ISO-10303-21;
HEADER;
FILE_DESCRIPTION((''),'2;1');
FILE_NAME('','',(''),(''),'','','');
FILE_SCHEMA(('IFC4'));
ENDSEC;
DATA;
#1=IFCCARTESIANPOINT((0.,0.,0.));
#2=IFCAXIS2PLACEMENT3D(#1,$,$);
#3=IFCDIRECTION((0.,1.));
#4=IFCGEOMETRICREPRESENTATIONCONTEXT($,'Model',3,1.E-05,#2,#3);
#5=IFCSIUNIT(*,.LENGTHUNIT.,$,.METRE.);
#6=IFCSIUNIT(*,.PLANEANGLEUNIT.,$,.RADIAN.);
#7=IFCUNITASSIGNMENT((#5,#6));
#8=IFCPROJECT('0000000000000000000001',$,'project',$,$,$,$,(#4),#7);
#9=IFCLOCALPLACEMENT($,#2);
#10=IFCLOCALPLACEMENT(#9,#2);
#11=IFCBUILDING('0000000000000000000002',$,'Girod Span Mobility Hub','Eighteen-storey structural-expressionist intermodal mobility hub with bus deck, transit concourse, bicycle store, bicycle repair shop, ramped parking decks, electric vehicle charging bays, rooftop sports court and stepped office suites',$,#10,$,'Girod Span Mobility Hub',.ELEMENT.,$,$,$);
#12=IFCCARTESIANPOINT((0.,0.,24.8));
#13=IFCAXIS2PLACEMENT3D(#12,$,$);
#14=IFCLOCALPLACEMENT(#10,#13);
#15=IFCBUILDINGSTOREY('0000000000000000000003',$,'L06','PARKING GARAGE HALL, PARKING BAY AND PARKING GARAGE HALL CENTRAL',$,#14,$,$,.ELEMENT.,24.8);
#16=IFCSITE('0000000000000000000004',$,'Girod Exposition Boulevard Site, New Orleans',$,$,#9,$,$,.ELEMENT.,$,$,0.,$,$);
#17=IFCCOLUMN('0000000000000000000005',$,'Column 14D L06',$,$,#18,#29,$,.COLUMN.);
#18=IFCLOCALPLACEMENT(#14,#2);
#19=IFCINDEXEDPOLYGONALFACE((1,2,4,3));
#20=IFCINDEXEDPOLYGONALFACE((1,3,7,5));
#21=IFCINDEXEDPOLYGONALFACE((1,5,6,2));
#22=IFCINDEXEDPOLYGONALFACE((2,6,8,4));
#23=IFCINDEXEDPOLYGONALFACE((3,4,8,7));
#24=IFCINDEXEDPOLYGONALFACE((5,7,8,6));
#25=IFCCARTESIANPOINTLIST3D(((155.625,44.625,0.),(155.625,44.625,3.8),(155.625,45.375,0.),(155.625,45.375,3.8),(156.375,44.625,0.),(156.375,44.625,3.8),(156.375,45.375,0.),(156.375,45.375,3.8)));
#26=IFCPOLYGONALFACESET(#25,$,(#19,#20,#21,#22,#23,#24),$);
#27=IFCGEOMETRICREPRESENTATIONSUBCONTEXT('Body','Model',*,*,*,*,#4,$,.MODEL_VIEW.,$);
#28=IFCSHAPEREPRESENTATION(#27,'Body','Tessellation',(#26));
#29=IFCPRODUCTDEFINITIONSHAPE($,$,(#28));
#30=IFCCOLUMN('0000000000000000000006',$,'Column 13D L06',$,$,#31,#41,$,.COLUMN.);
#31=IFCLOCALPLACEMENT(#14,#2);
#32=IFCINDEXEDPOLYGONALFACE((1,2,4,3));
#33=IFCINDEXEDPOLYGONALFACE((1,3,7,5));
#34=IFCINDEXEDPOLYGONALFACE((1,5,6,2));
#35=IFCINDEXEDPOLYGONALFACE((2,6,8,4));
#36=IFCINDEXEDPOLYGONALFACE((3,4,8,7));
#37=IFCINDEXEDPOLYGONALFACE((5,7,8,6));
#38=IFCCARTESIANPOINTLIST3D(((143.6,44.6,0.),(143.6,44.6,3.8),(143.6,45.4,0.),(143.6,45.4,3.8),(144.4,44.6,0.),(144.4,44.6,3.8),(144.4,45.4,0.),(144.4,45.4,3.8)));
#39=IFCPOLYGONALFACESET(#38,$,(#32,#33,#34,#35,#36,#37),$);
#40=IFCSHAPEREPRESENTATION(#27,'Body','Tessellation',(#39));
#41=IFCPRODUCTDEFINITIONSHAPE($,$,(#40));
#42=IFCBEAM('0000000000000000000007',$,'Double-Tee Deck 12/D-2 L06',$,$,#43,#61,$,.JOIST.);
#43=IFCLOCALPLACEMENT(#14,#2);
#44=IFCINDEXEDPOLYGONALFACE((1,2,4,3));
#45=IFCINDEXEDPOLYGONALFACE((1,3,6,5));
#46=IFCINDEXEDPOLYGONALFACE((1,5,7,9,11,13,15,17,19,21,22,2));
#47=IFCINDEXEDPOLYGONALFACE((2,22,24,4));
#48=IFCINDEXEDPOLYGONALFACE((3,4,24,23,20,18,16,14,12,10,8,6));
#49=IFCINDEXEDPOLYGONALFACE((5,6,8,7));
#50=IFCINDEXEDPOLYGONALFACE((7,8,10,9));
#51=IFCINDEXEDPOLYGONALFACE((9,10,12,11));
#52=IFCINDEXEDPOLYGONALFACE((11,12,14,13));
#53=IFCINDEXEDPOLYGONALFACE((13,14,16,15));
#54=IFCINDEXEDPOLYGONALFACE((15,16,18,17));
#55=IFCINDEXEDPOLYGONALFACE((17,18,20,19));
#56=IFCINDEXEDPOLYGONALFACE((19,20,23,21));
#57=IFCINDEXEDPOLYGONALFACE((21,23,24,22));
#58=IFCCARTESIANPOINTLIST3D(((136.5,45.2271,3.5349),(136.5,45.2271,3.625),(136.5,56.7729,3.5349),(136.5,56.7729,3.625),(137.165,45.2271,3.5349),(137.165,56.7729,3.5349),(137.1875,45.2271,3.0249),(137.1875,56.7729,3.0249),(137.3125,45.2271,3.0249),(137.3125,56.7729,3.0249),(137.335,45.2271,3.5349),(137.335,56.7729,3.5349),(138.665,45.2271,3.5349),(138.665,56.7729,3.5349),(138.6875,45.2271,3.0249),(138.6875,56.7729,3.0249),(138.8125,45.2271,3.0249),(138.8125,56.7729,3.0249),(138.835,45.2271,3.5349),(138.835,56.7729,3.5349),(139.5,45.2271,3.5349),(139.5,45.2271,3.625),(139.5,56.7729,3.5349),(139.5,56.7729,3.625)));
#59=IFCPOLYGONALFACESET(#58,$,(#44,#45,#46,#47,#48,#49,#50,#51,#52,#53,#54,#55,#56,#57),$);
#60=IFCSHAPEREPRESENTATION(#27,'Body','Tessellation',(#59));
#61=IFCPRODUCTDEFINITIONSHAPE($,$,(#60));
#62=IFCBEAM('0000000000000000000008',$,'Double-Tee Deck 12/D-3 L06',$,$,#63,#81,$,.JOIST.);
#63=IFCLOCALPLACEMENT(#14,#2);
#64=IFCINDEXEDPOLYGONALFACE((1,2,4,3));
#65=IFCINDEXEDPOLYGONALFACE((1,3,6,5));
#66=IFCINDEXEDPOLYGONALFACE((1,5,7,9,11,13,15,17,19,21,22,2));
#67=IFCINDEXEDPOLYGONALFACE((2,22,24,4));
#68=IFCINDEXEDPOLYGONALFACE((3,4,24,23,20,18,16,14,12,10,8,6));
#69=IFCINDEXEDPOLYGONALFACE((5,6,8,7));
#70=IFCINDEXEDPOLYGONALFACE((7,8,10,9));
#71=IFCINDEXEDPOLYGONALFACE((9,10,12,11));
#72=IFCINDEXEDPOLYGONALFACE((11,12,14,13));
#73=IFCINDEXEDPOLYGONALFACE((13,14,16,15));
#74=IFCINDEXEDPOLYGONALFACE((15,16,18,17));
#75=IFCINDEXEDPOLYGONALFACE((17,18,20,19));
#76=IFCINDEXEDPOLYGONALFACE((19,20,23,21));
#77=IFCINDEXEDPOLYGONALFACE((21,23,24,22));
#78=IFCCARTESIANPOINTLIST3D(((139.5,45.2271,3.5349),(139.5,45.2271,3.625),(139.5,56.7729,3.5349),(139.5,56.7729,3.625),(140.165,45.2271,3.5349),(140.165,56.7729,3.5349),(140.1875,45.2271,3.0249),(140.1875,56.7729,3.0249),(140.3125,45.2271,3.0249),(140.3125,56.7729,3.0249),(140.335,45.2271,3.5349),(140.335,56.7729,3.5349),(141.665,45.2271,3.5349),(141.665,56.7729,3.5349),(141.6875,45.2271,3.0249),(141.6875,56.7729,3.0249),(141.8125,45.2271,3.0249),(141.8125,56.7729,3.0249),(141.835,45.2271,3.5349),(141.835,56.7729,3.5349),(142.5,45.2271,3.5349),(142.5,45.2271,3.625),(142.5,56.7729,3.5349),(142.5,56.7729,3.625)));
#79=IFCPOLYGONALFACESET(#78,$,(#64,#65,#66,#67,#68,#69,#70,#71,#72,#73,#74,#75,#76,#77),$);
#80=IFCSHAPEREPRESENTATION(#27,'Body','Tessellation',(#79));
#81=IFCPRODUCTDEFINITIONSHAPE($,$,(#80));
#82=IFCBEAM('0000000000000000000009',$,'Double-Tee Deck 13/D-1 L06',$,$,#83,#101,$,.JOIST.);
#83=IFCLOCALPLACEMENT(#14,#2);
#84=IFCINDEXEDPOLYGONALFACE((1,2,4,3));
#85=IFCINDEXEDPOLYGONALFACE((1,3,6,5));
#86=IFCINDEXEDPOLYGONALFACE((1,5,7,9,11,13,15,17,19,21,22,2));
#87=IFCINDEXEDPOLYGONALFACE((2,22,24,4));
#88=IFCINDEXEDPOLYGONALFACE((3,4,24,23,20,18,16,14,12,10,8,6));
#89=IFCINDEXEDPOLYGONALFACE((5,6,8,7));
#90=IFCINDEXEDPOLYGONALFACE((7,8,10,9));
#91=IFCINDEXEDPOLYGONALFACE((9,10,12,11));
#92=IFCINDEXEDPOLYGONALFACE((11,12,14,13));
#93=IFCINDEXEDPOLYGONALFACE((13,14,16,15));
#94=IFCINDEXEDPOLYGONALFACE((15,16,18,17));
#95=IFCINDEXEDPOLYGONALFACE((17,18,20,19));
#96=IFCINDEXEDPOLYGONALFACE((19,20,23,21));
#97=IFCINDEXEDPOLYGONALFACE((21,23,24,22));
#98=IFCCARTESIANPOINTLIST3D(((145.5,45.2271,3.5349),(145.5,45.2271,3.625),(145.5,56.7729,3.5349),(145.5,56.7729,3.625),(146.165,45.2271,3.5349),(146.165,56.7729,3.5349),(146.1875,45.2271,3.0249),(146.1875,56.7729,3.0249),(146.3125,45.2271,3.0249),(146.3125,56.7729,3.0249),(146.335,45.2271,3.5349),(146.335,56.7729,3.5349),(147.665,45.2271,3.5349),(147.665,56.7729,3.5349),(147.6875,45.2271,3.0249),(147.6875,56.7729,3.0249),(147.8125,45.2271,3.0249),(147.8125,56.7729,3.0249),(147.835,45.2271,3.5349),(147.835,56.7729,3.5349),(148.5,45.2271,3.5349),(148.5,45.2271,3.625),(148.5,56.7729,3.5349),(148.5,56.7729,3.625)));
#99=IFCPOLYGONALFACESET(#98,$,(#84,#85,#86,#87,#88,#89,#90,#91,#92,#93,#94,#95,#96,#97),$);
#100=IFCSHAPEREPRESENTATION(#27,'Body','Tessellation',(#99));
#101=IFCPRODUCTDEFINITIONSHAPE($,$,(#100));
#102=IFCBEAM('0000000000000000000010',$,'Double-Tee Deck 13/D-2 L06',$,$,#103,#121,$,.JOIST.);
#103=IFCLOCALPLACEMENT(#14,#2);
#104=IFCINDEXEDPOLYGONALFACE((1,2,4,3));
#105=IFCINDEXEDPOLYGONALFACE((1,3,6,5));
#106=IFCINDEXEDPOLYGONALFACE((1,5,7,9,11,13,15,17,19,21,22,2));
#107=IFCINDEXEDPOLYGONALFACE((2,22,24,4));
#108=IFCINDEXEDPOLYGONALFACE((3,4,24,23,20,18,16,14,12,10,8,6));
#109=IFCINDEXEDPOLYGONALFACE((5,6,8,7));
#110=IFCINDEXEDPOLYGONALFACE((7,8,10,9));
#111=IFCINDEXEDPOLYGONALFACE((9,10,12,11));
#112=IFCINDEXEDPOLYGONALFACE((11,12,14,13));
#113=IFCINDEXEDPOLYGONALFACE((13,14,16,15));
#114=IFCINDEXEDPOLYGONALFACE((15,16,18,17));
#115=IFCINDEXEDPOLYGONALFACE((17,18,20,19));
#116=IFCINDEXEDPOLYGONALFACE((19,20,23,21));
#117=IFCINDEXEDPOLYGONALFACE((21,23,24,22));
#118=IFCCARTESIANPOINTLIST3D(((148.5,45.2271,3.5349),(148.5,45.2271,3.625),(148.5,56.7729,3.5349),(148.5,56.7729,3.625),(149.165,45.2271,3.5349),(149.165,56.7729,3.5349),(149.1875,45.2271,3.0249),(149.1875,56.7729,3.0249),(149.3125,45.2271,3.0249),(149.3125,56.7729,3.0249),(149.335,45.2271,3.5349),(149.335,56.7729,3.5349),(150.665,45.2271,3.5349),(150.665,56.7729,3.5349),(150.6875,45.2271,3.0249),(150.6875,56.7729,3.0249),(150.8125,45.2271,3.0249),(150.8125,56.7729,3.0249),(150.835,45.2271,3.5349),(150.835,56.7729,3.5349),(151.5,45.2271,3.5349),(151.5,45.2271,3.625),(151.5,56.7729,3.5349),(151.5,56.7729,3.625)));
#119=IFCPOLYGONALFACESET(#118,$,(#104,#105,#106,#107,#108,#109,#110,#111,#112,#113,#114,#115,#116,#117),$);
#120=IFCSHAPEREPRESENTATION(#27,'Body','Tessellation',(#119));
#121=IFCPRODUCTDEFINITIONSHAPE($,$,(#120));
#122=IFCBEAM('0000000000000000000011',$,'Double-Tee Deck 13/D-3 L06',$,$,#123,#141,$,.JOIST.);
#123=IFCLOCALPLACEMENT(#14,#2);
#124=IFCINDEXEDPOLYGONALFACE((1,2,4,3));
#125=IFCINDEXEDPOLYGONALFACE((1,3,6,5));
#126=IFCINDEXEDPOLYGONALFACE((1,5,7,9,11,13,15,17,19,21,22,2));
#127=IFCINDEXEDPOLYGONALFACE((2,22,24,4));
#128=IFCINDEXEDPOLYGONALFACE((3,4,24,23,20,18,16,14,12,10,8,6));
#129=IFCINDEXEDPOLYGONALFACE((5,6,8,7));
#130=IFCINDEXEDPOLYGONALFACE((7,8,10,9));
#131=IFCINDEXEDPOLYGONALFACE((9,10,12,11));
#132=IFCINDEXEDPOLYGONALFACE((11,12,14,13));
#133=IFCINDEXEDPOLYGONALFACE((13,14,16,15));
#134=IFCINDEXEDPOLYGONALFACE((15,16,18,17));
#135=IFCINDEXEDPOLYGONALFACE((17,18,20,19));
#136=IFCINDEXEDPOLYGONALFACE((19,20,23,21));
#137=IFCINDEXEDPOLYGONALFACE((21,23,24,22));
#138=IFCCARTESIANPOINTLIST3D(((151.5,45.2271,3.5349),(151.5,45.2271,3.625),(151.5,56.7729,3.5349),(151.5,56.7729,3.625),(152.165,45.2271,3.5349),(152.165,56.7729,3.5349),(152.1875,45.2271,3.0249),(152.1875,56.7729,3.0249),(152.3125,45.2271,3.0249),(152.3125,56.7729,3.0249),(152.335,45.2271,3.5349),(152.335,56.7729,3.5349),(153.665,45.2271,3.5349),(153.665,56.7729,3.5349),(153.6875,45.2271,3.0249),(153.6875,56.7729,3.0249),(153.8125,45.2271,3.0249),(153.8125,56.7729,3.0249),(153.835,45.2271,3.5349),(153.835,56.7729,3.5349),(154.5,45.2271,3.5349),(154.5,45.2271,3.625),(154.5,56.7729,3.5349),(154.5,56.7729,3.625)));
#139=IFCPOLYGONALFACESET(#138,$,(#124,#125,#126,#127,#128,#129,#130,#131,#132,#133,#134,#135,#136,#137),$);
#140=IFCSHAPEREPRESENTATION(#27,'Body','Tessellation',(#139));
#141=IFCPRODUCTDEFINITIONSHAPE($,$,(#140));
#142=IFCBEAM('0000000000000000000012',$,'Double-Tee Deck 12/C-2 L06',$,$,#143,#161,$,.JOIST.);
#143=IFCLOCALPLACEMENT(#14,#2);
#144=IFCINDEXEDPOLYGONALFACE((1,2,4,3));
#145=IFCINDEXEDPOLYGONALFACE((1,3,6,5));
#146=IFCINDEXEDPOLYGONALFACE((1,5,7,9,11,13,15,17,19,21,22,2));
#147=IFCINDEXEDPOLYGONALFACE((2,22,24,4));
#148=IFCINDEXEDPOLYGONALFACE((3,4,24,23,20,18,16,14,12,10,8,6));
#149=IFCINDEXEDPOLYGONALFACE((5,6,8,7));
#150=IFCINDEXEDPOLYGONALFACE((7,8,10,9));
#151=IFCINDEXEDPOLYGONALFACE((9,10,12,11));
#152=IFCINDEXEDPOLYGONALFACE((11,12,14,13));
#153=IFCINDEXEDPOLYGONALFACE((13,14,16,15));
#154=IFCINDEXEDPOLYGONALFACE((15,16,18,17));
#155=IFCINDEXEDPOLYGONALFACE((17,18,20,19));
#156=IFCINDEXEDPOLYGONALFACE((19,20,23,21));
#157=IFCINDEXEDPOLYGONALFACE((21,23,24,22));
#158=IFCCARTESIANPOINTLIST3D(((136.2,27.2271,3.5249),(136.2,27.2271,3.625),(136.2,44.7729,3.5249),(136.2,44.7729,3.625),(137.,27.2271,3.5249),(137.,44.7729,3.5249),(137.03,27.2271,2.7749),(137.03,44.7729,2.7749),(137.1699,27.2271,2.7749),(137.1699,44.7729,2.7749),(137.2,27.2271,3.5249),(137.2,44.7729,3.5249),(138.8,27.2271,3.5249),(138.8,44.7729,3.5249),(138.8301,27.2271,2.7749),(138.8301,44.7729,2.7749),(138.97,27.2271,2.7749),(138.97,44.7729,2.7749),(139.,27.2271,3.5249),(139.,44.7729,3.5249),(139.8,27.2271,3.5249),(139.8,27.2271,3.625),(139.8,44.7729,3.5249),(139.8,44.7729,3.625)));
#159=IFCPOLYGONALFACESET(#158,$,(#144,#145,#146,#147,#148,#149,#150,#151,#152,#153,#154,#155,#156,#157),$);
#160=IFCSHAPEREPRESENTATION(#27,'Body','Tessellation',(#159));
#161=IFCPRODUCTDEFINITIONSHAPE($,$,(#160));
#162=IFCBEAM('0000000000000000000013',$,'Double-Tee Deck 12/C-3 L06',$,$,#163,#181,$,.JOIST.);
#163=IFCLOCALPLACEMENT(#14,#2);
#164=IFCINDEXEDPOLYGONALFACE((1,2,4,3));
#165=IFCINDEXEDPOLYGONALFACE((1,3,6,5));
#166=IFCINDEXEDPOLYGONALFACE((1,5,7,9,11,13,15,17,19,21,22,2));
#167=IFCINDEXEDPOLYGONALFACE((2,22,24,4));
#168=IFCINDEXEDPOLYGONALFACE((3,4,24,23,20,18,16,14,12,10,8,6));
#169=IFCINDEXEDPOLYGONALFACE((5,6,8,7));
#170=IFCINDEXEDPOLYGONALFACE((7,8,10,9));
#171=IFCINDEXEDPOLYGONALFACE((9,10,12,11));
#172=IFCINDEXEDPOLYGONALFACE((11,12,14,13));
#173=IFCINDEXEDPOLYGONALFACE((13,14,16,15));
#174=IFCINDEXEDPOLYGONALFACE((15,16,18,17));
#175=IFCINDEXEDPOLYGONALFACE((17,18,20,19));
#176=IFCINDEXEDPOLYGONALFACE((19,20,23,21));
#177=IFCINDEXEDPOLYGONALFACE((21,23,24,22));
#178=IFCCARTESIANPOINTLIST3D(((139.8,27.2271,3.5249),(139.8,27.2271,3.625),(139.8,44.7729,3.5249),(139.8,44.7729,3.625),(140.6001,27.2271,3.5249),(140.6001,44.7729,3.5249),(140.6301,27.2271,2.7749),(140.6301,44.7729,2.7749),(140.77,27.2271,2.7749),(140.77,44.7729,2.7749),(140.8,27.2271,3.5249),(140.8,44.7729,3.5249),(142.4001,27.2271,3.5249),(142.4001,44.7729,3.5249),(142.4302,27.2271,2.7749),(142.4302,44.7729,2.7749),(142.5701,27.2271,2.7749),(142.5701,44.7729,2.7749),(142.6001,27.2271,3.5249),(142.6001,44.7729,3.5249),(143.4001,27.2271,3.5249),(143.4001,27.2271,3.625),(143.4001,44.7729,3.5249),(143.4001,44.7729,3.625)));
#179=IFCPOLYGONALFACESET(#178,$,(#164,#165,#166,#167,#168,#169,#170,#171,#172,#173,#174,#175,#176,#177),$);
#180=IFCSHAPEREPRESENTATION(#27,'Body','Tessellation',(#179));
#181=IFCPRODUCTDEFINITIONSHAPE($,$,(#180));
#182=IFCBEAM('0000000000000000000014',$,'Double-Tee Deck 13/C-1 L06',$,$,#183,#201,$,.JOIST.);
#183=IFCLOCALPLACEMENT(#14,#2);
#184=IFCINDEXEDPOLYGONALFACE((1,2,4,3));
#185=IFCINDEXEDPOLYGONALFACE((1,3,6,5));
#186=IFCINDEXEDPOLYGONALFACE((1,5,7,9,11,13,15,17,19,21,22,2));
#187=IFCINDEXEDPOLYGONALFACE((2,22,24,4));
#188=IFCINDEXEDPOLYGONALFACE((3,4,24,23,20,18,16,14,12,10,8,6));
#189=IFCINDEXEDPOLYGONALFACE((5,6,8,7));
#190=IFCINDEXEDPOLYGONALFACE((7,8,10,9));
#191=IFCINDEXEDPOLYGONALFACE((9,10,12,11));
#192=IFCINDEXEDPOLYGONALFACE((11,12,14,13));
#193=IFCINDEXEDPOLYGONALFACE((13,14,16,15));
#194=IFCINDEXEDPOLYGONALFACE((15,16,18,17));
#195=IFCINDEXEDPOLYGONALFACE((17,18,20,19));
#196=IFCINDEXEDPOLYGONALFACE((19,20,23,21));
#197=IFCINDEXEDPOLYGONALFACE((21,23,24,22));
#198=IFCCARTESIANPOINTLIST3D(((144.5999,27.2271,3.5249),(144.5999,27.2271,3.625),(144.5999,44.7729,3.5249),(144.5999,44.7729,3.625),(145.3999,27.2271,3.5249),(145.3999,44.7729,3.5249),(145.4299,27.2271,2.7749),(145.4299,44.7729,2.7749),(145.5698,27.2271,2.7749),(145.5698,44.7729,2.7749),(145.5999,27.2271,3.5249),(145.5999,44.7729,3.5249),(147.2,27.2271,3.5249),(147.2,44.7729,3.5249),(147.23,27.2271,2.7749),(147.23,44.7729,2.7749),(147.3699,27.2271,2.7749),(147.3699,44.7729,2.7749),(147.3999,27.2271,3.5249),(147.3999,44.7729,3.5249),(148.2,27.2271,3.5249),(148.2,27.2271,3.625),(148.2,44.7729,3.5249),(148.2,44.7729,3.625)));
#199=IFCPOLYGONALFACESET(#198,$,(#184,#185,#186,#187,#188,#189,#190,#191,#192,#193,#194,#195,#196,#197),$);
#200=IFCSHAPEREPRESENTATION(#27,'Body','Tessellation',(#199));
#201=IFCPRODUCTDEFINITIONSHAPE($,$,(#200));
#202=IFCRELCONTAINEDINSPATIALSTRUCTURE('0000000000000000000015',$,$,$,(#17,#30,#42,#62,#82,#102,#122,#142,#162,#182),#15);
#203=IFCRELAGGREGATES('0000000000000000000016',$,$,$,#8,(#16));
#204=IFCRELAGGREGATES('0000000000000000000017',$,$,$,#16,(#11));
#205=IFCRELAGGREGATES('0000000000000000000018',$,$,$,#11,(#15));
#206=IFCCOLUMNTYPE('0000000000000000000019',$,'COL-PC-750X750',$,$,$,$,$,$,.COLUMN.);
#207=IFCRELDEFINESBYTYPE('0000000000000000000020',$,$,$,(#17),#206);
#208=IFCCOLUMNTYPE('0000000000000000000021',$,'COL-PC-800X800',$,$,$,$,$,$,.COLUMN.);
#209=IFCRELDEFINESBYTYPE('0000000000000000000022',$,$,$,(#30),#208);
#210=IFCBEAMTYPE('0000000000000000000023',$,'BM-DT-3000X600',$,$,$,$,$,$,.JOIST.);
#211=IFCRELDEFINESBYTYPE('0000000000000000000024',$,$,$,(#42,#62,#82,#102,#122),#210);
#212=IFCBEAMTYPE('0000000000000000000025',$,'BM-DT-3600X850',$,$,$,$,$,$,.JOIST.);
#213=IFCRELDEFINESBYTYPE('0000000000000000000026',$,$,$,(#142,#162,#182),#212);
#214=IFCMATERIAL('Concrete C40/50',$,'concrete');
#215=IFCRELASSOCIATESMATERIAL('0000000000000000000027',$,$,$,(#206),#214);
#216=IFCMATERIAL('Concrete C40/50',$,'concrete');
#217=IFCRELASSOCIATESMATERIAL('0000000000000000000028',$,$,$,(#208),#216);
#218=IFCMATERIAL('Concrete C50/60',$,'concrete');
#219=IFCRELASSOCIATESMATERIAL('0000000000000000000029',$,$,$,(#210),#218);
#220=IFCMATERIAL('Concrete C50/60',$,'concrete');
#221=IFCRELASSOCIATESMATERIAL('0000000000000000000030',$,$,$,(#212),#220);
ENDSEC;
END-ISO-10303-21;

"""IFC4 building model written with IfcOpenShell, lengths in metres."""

from ifc_helpers import new_model, si_unit, direction, frame, origin, origin_2d, place, context, subcontext, project, spatial, polyline, rectangle, outline, extrude, material, material_profile, profile_set, type_object, element, save


model = new_model("IFC4")

# Units and contexts
model_context = context("Model", 3, precision=1e-05, world=origin(), true_north=direction((0.0, 1.0)))
body_context = subcontext(model_context, "Body", "Model", "MODEL_VIEW")
ifc_project = project(units=[si_unit("LENGTHUNIT", "METRE"), si_unit("PLANEANGLEUNIT", "RADIAN")], contexts=[model_context])

# Site, building, storey
site_placement = place(None, origin())
site = spatial("IfcSite", under=ifc_project, at=site_placement, Name="Girod Exposition Boulevard Site, New Orleans", CompositionType="ELEMENT", RefElevation=0.0)
building_placement = place(site_placement, origin())
building = spatial("IfcBuilding", under=site, at=building_placement, Name="Girod Span Mobility Hub", Description="Eighteen-storey structural-expressionist intermodal mobility hub with bus deck, transit concourse, bicycle store, bicycle repair shop, ramped parking decks, electric vehicle charging bays, rooftop sports court and stepped office suites", LongName="Girod Span Mobility Hub", CompositionType="ELEMENT")
storey_placement = place(building_placement, frame((0.0, 0.0, 24.8)))
storey = spatial("IfcBuildingStorey", under=building, at=storey_placement, Name="L06", Description="PARKING GARAGE HALL, PARKING BAY AND PARKING GARAGE HALL CENTRAL", CompositionType="ELEMENT", Elevation=24.8)

# Columns
ifc_material_1 = material(Name="Concrete C40/50", Category="concrete")
ifc_material_profile_1 = material_profile(ifc_material_1, rectangle(XDim=0.75, YDim=0.75, at=origin_2d()), Name="PC-COL-750X750")
ifc_profile_set_1 = profile_set([ifc_material_profile_1], Name="Concrete C40/50")
column_type_1 = type_object("IfcColumnType", Name="COL-PC-750X750", PredefinedType="COLUMN", material=ifc_profile_set_1)
column_1_placement = place(storey_placement, frame((156.0, 45.0, 0.0), z_axis=(0.0, 0.0, 1.0), x_axis=(1.0, 0.0, 0.0)))
element("IfcColumn", 1, at=column_1_placement, inside=storey, type_object=column_type_1, Name="Column 14D L06", PredefinedType="COLUMN", context=body_context, shape_type="SweptSolid", body=[
    extrude(rectangle(XDim=0.75, YDim=0.75, at=origin_2d()), origin(), (0.0, 0.0, 1.0), 3.8),
])
ifc_material_2 = material(Name="Concrete C40/50", Category="concrete")
ifc_material_profile_2 = material_profile(ifc_material_2, rectangle(XDim=0.8, YDim=0.8, at=origin_2d()), Name="PC-COL-800X800")
ifc_profile_set_2 = profile_set([ifc_material_profile_2], Name="Concrete C40/50")
column_type_2 = type_object("IfcColumnType", Name="COL-PC-800X800", PredefinedType="COLUMN", material=ifc_profile_set_2)
column_2_placement = place(storey_placement, frame((144.0, 45.0, 0.0), z_axis=(0.0, 0.0, 1.0), x_axis=(1.0, 0.0, 0.0)))
element("IfcColumn", 2, at=column_2_placement, inside=storey, type_object=column_type_2, Name="Column 13D L06", PredefinedType="COLUMN", context=body_context, shape_type="SweptSolid", body=[
    extrude(rectangle(XDim=0.8, YDim=0.8, at=origin_2d()), origin(), (0.0, 0.0, 1.0), 3.8),
])

# Beams
ifc_material_3 = material(Name="Concrete C50/60", Category="concrete")
ifc_material_profile_3 = material_profile(ifc_material_3, outline(polyline([(-1.5, 0.3), (-1.5, 0.21), (-0.835, 0.21), (-0.8125, -0.3), (-0.6875, -0.3), (-0.665, 0.21), (0.665, 0.21), (0.6875, -0.3), (0.8125, -0.3), (0.835, 0.21), (1.5, 0.21), (1.5, 0.3), (-1.5, 0.3)])), Name="DT-3000X600")
ifc_profile_set_3 = profile_set([ifc_material_profile_3], Name="Concrete C50/60")
beam_type_1 = type_object("IfcBeamType", Name="BM-DT-3000X600", PredefinedType="JOIST", material=ifc_profile_set_3)
for number, where, z_axis, x_axis, name in (
    (3, (138.0, 45.2271, 3.325), (0.0, 1.0, 0.0), (-1.0, 0.0, 0.0), "Double-Tee Deck 12/D-2 L06"),
    (4, (141.0, 45.2271, 3.325), (0.0, 1.0, 0.0), (-1.0, 0.0, 0.0), "Double-Tee Deck 12/D-3 L06"),
    (5, (147.0, 45.2271, 3.325), (0.0, 1.0, 0.0), (-1.0, 0.0, 0.0), "Double-Tee Deck 13/D-1 L06"),
    (6, (150.0, 45.2271, 3.325), (0.0, 1.0, 0.0), (-1.0, 0.0, 0.0), "Double-Tee Deck 13/D-2 L06"),
    (7, (153.0, 45.2271, 3.325), (0.0, 1.0, 0.0), (-1.0, 0.0, 0.0), "Double-Tee Deck 13/D-3 L06"),
):
    element("IfcBeam", number, at=place(storey_placement, frame(where, z_axis=z_axis, x_axis=x_axis)), inside=storey, type_object=beam_type_1, Name=name, PredefinedType="JOIST", context=body_context, shape_type="SweptSolid", body=[
        extrude(outline(polyline([(-1.5, 0.3), (-1.5, 0.21), (-0.835, 0.21), (-0.8125, -0.3), (-0.6875, -0.3), (-0.665, 0.21), (0.665, 0.21), (0.6875, -0.3), (0.8125, -0.3), (0.835, 0.21), (1.5, 0.21), (1.5, 0.3), (-1.5, 0.3)])), origin(), (0.0, 0.0, 1.0), 11.5459),
    ])
ifc_material_4 = material(Name="Concrete C50/60", Category="concrete")
ifc_material_profile_4 = material_profile(ifc_material_4, outline(polyline([(-1.8, 0.425), (-1.8, 0.325), (-1.0, 0.325), (-0.97, -0.425), (-0.8301, -0.425), (-0.8, 0.325), (0.8, 0.325), (0.8301, -0.425), (0.97, -0.425), (1.0, 0.325), (1.8, 0.325), (1.8, 0.425), (-1.8, 0.425)])), Name="DT-3600X850")
ifc_profile_set_4 = profile_set([ifc_material_profile_4], Name="Concrete C50/60")
beam_type_2 = type_object("IfcBeamType", Name="BM-DT-3600X850", PredefinedType="JOIST", material=ifc_profile_set_4)
for number, where, z_axis, x_axis, name in (
    (8, (138.0, 27.2271, 3.2), (0.0, 1.0, 0.0), (-1.0, 0.0, 0.0), "Double-Tee Deck 12/C-2 L06"),
    (9, (141.6001, 27.2271, 3.2), (0.0, 1.0, 0.0), (-1.0, 0.0, 0.0), "Double-Tee Deck 12/C-3 L06"),
    (10, (146.3999, 27.2271, 3.2), (0.0, 1.0, 0.0), (-1.0, 0.0, 0.0), "Double-Tee Deck 13/C-1 L06"),
):
    element("IfcBeam", number, at=place(storey_placement, frame(where, z_axis=z_axis, x_axis=x_axis)), inside=storey, type_object=beam_type_2, Name=name, PredefinedType="JOIST", context=body_context, shape_type="SweptSolid", body=[
        extrude(outline(polyline([(-1.8, 0.425), (-1.8, 0.325), (-1.0, 0.325), (-0.97, -0.425), (-0.8301, -0.425), (-0.8, 0.325), (0.8, 0.325), (0.8301, -0.425), (0.97, -0.425), (1.0, 0.325), (1.8, 0.325), (1.8, 0.425), (-1.8, 0.425)])), origin(), (0.0, 0.0, 1.0), 17.5459),
    ])

save(model, "model.ifc")
